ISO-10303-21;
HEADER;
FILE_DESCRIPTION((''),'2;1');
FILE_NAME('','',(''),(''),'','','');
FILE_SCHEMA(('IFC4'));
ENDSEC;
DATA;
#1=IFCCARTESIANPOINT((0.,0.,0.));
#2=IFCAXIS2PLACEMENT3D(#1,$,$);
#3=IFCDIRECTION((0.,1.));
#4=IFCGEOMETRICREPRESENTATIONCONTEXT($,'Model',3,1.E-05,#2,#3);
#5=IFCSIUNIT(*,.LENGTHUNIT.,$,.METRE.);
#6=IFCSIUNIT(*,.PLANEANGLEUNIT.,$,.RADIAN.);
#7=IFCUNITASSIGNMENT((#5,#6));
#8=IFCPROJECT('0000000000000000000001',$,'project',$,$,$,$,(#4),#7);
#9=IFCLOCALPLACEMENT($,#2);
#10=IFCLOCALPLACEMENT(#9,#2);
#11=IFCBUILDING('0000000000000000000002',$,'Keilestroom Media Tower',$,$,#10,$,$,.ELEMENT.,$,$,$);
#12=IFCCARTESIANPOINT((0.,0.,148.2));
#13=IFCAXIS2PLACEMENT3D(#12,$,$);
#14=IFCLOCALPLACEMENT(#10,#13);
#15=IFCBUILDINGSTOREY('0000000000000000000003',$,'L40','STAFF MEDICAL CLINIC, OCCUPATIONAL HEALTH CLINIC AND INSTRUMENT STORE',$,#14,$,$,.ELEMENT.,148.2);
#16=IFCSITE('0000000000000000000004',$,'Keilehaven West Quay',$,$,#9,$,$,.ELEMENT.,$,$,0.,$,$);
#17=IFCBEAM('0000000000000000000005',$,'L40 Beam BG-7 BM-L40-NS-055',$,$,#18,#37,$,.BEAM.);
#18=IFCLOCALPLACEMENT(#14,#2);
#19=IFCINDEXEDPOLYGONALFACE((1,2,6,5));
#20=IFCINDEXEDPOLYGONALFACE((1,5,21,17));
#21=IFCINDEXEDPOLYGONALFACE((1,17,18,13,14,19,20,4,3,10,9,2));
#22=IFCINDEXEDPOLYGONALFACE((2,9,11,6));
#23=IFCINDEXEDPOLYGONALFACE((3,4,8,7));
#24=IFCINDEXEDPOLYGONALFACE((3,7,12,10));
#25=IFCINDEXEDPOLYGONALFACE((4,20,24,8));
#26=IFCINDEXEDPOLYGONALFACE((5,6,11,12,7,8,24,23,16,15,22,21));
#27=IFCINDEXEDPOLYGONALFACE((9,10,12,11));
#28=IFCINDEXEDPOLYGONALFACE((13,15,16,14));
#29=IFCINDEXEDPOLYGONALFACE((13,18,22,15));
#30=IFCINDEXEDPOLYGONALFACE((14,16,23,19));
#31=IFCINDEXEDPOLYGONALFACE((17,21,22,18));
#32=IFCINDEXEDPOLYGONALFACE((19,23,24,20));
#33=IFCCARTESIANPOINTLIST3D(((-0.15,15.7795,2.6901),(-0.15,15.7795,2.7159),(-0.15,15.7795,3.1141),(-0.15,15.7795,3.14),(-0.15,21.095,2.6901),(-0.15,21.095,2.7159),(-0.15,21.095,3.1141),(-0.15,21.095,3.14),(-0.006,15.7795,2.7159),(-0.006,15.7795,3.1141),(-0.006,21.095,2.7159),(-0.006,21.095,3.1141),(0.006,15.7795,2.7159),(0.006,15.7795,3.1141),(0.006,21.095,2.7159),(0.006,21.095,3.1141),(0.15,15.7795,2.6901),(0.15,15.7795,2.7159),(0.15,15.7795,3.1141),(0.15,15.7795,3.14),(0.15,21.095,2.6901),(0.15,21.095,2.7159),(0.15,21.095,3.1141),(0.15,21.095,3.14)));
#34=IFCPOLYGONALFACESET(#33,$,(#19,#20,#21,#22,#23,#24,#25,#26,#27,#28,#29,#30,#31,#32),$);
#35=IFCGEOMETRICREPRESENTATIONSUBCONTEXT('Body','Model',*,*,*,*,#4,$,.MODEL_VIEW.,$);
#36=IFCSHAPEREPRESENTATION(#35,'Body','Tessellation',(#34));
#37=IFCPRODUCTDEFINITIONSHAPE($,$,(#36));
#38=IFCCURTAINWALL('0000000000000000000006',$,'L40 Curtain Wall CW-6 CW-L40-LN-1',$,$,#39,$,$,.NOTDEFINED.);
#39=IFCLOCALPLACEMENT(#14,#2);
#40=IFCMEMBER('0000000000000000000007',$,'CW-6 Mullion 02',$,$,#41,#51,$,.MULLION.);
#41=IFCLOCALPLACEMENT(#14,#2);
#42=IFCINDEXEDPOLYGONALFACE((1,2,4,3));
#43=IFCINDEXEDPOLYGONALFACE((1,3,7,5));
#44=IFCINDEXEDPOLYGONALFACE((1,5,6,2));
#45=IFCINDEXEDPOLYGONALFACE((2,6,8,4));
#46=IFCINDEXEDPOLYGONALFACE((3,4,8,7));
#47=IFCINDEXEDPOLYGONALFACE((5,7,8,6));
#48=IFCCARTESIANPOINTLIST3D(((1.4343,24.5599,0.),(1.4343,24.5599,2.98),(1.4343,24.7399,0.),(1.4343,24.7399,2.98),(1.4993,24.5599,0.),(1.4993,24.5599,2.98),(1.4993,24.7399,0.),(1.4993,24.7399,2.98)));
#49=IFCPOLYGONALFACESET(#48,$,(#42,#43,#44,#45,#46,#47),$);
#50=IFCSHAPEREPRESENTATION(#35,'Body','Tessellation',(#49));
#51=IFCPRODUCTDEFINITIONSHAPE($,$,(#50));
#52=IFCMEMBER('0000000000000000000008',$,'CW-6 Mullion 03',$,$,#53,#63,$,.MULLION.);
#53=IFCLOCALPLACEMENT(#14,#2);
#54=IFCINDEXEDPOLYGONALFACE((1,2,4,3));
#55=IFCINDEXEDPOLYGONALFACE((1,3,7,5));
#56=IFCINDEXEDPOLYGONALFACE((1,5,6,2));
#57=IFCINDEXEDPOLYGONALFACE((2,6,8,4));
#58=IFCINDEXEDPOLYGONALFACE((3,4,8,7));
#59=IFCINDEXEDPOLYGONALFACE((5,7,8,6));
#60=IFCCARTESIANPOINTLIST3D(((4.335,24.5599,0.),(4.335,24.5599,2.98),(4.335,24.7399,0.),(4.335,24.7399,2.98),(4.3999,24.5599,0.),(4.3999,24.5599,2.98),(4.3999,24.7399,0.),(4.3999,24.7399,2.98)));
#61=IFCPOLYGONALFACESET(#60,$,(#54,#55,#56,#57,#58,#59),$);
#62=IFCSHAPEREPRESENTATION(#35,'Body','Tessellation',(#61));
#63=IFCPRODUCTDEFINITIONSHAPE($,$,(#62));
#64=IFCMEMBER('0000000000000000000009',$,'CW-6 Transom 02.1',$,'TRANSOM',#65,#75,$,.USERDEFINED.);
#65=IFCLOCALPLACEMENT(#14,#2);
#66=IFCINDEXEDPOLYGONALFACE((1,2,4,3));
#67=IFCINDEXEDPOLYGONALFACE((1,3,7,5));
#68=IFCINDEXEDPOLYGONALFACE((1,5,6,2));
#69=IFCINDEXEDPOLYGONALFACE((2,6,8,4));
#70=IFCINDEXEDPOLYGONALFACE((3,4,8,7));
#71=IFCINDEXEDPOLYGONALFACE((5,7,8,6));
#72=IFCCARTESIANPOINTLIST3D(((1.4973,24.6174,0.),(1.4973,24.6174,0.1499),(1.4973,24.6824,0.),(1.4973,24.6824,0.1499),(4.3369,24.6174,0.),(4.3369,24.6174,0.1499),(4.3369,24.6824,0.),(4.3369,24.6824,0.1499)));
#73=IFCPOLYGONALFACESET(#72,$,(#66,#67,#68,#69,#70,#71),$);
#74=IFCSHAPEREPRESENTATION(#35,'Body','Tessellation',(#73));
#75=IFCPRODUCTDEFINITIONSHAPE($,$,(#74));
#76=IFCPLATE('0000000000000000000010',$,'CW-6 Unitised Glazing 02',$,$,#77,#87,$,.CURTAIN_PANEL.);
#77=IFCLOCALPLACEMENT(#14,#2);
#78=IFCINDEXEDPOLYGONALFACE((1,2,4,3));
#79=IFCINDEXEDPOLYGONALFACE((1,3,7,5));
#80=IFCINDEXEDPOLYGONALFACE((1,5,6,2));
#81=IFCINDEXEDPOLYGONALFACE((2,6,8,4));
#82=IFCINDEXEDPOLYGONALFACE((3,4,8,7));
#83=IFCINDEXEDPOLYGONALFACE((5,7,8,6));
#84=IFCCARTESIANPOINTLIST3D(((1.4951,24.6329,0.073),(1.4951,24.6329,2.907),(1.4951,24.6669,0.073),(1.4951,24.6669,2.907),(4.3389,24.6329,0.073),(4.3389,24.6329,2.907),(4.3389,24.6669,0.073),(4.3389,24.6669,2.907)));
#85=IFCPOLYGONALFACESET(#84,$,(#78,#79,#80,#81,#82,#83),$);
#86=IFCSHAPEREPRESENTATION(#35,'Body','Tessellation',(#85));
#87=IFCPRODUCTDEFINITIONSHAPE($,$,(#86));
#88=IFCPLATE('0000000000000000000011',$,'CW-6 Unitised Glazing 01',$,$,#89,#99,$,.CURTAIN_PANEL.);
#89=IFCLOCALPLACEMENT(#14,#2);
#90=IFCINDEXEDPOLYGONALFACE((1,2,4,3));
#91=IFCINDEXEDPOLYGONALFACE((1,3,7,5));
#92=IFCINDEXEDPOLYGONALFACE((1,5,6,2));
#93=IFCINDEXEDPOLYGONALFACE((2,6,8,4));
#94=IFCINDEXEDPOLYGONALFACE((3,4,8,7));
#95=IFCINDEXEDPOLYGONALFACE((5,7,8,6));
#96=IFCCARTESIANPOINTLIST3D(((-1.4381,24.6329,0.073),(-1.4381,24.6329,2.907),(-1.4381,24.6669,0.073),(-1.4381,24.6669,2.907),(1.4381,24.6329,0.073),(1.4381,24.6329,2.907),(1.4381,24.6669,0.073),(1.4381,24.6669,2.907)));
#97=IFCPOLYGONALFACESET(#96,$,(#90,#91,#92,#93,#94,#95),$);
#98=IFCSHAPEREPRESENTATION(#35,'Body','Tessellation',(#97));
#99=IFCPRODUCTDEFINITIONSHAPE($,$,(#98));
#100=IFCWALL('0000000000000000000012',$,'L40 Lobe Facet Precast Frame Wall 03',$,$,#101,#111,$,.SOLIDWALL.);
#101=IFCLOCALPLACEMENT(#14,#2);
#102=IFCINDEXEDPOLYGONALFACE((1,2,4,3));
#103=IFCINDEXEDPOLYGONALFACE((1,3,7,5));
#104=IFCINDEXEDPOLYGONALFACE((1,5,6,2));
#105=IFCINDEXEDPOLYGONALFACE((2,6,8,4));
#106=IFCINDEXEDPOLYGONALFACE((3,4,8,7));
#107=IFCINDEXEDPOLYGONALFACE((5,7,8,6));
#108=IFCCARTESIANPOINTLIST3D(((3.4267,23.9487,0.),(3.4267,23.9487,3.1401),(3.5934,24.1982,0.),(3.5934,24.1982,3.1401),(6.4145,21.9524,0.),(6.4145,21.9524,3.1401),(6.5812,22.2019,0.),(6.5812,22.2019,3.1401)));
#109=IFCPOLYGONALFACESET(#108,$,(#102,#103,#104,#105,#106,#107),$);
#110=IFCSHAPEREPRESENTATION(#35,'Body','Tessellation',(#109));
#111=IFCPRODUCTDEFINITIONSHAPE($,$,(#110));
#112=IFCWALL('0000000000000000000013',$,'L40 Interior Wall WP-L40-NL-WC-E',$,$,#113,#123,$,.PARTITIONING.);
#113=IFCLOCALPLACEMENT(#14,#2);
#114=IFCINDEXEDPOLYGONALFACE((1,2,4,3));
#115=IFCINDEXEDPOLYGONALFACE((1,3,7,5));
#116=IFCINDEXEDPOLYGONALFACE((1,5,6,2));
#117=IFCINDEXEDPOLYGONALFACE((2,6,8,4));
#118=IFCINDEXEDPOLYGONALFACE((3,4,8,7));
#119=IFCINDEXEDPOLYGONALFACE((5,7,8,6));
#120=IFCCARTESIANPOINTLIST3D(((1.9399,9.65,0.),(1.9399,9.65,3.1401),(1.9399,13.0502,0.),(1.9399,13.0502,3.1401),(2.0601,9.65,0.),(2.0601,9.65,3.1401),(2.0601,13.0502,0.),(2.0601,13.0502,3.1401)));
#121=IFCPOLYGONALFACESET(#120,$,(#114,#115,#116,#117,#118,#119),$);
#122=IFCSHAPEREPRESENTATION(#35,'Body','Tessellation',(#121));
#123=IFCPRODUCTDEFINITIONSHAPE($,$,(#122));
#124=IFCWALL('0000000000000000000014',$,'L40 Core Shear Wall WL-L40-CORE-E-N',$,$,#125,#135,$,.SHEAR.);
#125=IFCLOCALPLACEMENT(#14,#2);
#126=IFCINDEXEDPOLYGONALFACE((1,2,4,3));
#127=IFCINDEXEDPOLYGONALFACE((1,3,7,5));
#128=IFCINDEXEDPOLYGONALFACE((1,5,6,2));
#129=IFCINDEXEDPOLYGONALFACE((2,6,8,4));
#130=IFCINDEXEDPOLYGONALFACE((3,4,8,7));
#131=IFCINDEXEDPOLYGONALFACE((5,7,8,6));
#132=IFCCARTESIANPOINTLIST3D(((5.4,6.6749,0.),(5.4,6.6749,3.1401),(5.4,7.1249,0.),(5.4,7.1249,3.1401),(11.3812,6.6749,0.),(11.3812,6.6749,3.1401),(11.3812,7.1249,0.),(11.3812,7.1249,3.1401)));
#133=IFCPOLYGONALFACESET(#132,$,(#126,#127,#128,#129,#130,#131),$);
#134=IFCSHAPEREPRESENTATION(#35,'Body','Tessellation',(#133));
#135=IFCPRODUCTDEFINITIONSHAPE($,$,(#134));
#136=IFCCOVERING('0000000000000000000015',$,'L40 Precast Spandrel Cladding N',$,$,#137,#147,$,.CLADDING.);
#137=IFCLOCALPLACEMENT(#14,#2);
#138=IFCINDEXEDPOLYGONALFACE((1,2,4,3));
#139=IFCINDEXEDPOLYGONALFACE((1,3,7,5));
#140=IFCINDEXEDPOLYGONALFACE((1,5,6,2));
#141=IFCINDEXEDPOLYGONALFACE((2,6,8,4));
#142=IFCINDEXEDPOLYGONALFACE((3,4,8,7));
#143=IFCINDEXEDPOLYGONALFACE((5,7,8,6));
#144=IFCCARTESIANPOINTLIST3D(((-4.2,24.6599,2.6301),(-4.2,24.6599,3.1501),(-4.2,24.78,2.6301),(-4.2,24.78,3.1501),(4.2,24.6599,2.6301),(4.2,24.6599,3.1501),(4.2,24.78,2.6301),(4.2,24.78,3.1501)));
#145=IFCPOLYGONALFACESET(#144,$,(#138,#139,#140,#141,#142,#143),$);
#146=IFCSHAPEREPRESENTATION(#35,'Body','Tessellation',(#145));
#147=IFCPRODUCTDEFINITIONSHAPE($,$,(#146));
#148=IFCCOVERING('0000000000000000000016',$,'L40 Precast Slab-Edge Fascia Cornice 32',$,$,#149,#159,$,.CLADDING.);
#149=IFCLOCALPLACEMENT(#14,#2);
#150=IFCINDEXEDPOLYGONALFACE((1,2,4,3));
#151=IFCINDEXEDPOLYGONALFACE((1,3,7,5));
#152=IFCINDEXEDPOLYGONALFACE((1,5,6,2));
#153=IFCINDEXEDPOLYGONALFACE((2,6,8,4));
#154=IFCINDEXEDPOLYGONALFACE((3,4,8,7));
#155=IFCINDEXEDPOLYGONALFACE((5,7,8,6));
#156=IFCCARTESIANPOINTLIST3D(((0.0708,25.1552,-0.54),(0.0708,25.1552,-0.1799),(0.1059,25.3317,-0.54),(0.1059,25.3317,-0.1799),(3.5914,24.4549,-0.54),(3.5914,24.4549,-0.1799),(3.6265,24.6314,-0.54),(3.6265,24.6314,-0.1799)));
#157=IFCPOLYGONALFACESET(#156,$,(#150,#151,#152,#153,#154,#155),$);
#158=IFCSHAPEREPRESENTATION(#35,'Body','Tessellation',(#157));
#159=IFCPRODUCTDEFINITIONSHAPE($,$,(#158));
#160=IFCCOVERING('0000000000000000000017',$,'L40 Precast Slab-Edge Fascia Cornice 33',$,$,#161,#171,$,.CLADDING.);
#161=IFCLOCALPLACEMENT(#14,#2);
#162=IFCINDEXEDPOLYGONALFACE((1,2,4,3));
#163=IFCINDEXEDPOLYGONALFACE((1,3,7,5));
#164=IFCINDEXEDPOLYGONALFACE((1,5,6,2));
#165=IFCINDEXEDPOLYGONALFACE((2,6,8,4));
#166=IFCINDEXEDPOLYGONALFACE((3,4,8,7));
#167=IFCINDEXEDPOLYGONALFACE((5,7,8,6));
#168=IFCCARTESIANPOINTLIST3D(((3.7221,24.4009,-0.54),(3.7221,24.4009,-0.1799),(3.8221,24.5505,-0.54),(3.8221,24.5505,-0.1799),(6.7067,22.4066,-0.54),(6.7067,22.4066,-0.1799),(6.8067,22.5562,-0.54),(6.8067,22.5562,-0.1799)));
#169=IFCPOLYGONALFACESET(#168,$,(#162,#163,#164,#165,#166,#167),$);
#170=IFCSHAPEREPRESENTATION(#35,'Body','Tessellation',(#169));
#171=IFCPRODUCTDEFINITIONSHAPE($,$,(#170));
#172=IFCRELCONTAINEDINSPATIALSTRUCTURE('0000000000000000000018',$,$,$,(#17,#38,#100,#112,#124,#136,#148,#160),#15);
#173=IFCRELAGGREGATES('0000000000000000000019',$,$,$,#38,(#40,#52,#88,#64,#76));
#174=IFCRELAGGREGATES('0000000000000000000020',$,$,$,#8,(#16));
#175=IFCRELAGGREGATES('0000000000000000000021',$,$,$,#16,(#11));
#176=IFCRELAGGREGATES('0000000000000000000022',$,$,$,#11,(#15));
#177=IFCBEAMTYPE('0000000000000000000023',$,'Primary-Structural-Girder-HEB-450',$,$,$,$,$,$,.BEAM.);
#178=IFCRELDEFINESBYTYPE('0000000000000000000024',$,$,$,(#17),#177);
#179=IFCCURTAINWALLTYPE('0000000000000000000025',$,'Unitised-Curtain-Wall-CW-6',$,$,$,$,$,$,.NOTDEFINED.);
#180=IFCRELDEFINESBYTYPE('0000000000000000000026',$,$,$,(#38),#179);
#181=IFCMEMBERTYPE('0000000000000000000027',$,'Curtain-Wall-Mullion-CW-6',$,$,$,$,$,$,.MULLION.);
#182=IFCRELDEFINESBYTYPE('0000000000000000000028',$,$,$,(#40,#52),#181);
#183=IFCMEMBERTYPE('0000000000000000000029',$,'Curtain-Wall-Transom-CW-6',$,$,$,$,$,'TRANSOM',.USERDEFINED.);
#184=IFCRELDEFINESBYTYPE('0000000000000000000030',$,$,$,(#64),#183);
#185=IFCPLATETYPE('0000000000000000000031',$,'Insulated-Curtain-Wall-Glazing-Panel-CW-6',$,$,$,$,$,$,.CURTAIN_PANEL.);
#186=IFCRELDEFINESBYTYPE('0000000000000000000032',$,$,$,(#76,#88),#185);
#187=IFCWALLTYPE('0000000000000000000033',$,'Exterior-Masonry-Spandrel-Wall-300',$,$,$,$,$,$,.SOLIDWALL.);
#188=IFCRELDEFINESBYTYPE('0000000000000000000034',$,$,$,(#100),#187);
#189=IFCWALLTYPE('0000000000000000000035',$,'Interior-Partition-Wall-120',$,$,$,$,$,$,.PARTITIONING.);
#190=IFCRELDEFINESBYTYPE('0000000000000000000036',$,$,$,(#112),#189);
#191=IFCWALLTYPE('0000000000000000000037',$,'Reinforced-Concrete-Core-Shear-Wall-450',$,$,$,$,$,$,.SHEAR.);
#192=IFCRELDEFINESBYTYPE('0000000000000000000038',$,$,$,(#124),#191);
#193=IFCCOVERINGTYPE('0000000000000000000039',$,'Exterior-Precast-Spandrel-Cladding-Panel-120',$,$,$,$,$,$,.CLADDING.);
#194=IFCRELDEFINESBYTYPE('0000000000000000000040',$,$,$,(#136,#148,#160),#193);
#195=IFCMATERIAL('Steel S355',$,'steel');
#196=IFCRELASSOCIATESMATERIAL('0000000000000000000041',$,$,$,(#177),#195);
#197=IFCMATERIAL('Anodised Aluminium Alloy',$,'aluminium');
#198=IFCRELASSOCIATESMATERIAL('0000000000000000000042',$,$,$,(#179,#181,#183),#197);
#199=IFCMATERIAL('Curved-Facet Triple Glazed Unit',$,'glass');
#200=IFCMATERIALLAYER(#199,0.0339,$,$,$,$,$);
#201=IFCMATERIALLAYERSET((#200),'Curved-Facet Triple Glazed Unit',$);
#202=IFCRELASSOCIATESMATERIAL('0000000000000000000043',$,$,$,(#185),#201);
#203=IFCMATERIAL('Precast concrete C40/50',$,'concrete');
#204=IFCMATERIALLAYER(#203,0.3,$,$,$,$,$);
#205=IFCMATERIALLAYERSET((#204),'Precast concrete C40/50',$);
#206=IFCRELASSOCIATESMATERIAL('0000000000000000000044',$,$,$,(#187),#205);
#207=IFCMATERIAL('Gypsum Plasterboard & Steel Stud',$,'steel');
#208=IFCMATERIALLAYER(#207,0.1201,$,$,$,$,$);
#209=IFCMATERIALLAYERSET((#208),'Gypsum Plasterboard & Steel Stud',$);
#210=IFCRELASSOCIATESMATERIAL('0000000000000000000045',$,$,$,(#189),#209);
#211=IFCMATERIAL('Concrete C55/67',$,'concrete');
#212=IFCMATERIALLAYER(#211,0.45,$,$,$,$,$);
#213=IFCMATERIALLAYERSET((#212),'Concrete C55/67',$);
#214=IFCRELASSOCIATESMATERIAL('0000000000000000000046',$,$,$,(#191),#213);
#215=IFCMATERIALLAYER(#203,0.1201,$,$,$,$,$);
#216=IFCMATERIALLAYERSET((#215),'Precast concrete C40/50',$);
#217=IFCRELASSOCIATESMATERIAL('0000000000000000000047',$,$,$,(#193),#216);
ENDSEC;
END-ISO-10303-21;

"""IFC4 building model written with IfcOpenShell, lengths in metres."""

from ifc_helpers import new_model, si_unit, direction, frame, frame_2d, origin, origin_2d, place, context, subcontext, project, spatial, rectangle, i_section, extrude, source, transform, mapped, material, layer, layer_set, material_profile, profile_set, type_object, element, aggregate, save


model = new_model("IFC4")

# Units and contexts
model_context = context("Model", 3, precision=1e-05, world=origin(), true_north=direction((0.0, 1.0)))
body_context = subcontext(model_context, "Body", "Model", "MODEL_VIEW")
ifc_project = project(units=[si_unit("LENGTHUNIT", "METRE"), si_unit("PLANEANGLEUNIT", "RADIAN")], contexts=[model_context])

# Site, building, storey
site_placement = place(None, origin())
site = spatial("IfcSite", under=ifc_project, at=site_placement, Name="Keilehaven West Quay", CompositionType="ELEMENT", RefElevation=0.0)
building_placement = place(site_placement, origin())
building = spatial("IfcBuilding", under=site, at=building_placement, Name="Keilestroom Media Tower", CompositionType="ELEMENT")
storey_placement = place(building_placement, frame((0.0, 0.0, 148.2)))
storey = spatial("IfcBuildingStorey", under=building, at=storey_placement, Name="L40", Description="STAFF MEDICAL CLINIC, OCCUPATIONAL HEALTH CLINIC AND INSTRUMENT STORE", CompositionType="ELEMENT", Elevation=148.2)

# Shared definitions
ifc_material_1 = material(Name="Steel S355", Category="steel")
ifc_material_2 = material(Name="Concrete C55/67", Category="concrete")

# Beam
ifc_material_profile_1 = material_profile(ifc_material_1, i_section(OverallWidth=0.3, OverallDepth=0.45, WebThickness=0.012, FlangeThickness=0.0259, at=origin_2d()), Name="HEB 450")
ifc_profile_set_1 = profile_set([ifc_material_profile_1], Name="Steel S355")
beam_type_1 = type_object("IfcBeamType", Name="Primary-Structural-Girder-HEB-450", PredefinedType="BEAM", material=ifc_profile_set_1)
shared_shape_1 = source(origin(), body_context, "Body", "SweptSolid", [
    extrude(i_section(OverallWidth=0.3, OverallDepth=0.45, WebThickness=0.012, FlangeThickness=0.0259, at=origin_2d()), origin(), (0.0, 0.0, 1.0), 5.3154),
])
beam_1_placement = place(storey_placement, frame((0.0, 15.7795, 2.915), z_axis=(0.0, 1.0, 0.0), x_axis=(-1.0, 0.0, 0.0)))
element("IfcBeam", 1, at=beam_1_placement, inside=storey, type_object=beam_type_1, Name="L40 Beam BG-7 BM-L40-NS-055", PredefinedType="BEAM", context=body_context, shape_type="MappedRepresentation", body=[
    mapped(shared_shape_1, transform((0.0, 0.0, 0.0), x_axis=(1.0, 0.0, 0.0), y_axis=(0.0, 1.0, 0.0), z_axis=(0.0, 0.0, 1.0), scale=1.0)),
])

# Curtain wall, members, plates
ifc_material_3 = material(Name="Anodised Aluminium Alloy", Category="aluminium")
curtain_wall_type = type_object("IfcCurtainWallType", Name="Unitised-Curtain-Wall-CW-6", PredefinedType="NOTDEFINED", material=ifc_material_3)
curtain_wall_placement = place(storey_placement, origin())
curtain_wall = element("IfcCurtainWall", 2, at=curtain_wall_placement, inside=storey, type_object=curtain_wall_type, Name="L40 Curtain Wall CW-6 CW-L40-LN-1", PredefinedType="NOTDEFINED")
ifc_material_profile_2 = material_profile(ifc_material_3, rectangle(XDim=0.0649, YDim=0.1799, at=origin_2d()), Name="ALU MULLION 65x180")
ifc_profile_set_2 = profile_set([ifc_material_profile_2], Name="Anodised Aluminium Alloy")
member_type_1 = type_object("IfcMemberType", Name="Curtain-Wall-Mullion-CW-6", PredefinedType="MULLION", material=ifc_profile_set_2)
shared_shape_2 = source(origin(), body_context, "Body", "SweptSolid", [
    extrude(rectangle(XDim=0.0649, YDim=0.1799, at=origin_2d()), origin(), (0.0, 0.0, 1.0), 2.98),
])
member_1_placement = place(storey_placement, frame((1.4668, 24.6499, 0.0), z_axis=(0.0, 0.0, 1.0), x_axis=(1.0, 0.0, 0.0)))
member_1 = element("IfcMember", 3, at=member_1_placement, type_object=member_type_1, Name="CW-6 Mullion 02", PredefinedType="MULLION", context=body_context, shape_type="MappedRepresentation", body=[
    mapped(shared_shape_2, transform((0.0, 0.0, 0.0), x_axis=(1.0, 0.0, 0.0), y_axis=(0.0, 1.0, 0.0), z_axis=(0.0, 0.0, 1.0), scale=1.0)),
])
member_2_placement = place(storey_placement, frame((4.3674, 24.6499, 0.0), z_axis=(0.0, 0.0, 1.0), x_axis=(1.0, 0.0, 0.0)))
member_2 = element("IfcMember", 4, at=member_2_placement, type_object=member_type_1, Name="CW-6 Mullion 03", PredefinedType="MULLION", context=body_context, shape_type="MappedRepresentation", body=[
    mapped(shared_shape_2, transform((0.0, 0.0, 0.0), x_axis=(1.0, 0.0, 0.0), y_axis=(0.0, 1.0, 0.0), z_axis=(0.0, 0.0, 1.0), scale=1.0)),
])
ifc_material_profile_3 = material_profile(ifc_material_3, rectangle(XDim=0.0649, YDim=0.1499, at=origin_2d()), Name="ALU TRANSOM 65x150")
ifc_profile_set_3 = profile_set([ifc_material_profile_3], Name="Anodised Aluminium Alloy")
member_type_2 = type_object("IfcMemberType", Name="Curtain-Wall-Transom-CW-6", ElementType="TRANSOM", PredefinedType="USERDEFINED", material=ifc_profile_set_3)
shared_shape_3 = source(origin(), body_context, "Body", "SweptSolid", [
    extrude(rectangle(XDim=0.0649, YDim=0.1499, at=origin_2d()), origin(), (0.0, 0.0, 1.0), 2.8396),
])
member_3_placement = place(storey_placement, frame((1.4973, 24.6499, 0.075), z_axis=(1.0, 0.0, 0.0), x_axis=(0.0, 1.0, 0.0)))
member_3 = element("IfcMember", 5, at=member_3_placement, type_object=member_type_2, Name="CW-6 Transom 02.1", ObjectType="TRANSOM", PredefinedType="USERDEFINED", context=body_context, shape_type="MappedRepresentation", body=[
    mapped(shared_shape_3, transform((0.0, 0.0, 0.0), x_axis=(1.0, 0.0, 0.0), y_axis=(0.0, 1.0, 0.0), z_axis=(0.0, 0.0, 1.0), scale=1.0)),
])
ifc_material_4 = material(Name="Curved-Facet Triple Glazed Unit", Category="glass")
ifc_layer_1 = layer(ifc_material_4, 0.0339)
ifc_layer_set_1 = layer_set([ifc_layer_1], Name="Curved-Facet Triple Glazed Unit")
plate_type = type_object("IfcPlateType", Name="Insulated-Curtain-Wall-Glazing-Panel-CW-6", PredefinedType="CURTAIN_PANEL", material=ifc_layer_set_1)
shared_shape_4 = source(origin(), body_context, "Body", "SweptSolid", [
    extrude(rectangle(XDim=2.8438, YDim=0.0339, at=origin_2d()), origin(), (0.0, 0.0, 1.0), 2.834),
])
plate_1_placement = place(storey_placement, frame((2.917, 24.6499, 0.073), z_axis=(0.0, 0.0, 1.0), x_axis=(1.0, 0.0, 0.0)))
plate_1 = element("IfcPlate", 6, at=plate_1_placement, type_object=plate_type, Name="CW-6 Unitised Glazing 02", PredefinedType="CURTAIN_PANEL", context=body_context, shape_type="MappedRepresentation", body=[
    mapped(shared_shape_4, transform((0.0, 0.0, 0.0), x_axis=(1.0, 0.0, 0.0), y_axis=(0.0, 1.0, 0.0), z_axis=(0.0, 0.0, 1.0), scale=1.0)),
])
shared_shape_5 = source(origin(), body_context, "Body", "SweptSolid", [
    extrude(rectangle(XDim=2.8762, YDim=0.0339, at=origin_2d()), origin(), (0.0, 0.0, 1.0), 2.834),
])
plate_2_placement = place(storey_placement, frame((0.0, 24.6499, 0.073), z_axis=(0.0, 0.0, 1.0), x_axis=(1.0, 0.0, 0.0)))
plate_2 = element("IfcPlate", 7, at=plate_2_placement, type_object=plate_type, Name="CW-6 Unitised Glazing 01", PredefinedType="CURTAIN_PANEL", context=body_context, shape_type="MappedRepresentation", body=[
    mapped(shared_shape_5, transform((0.0, 0.0, 0.0), x_axis=(1.0, 0.0, 0.0), y_axis=(0.0, 1.0, 0.0), z_axis=(0.0, 0.0, 1.0), scale=1.0)),
])
aggregate(curtain_wall, [member_1, member_2, plate_2, member_3, plate_1])

# Walls
ifc_material_5 = material(Name="Precast concrete C40/50", Category="concrete")
ifc_layer_2 = layer(ifc_material_5, 0.3)
ifc_layer_set_2 = layer_set([ifc_layer_2], Name="Precast concrete C40/50")
wall_type_1 = type_object("IfcWallType", Name="Exterior-Masonry-Spandrel-Wall-300", PredefinedType="SOLIDWALL", material=ifc_layer_set_2)
wall_1_placement = place(storey_placement, frame((6.4978, 22.0771, 0.0), z_axis=(0.0, 0.0, 1.0), x_axis=(-0.831475, 0.555562, 0.0)))
element("IfcWall", 8, at=wall_1_placement, inside=storey, type_object=wall_type_1, Name="L40 Lobe Facet Precast Frame Wall 03", PredefinedType="SOLIDWALL", context=body_context, shape_type="SweptSolid", body=[
    extrude(rectangle(XDim=3.5933, YDim=0.3, at=frame_2d((1.7966, 0.0))), origin(), (0.0, 0.0, 1.0), 3.1401),
])
ifc_material_6 = material(Name="Gypsum Plasterboard & Steel Stud", Category="steel")
ifc_layer_3 = layer(ifc_material_6, 0.1201)
ifc_layer_set_3 = layer_set([ifc_layer_3], Name="Gypsum Plasterboard & Steel Stud")
wall_type_2 = type_object("IfcWallType", Name="Interior-Partition-Wall-120", PredefinedType="PARTITIONING", material=ifc_layer_set_3)
wall_2_placement = place(storey_placement, frame((2.0, 9.6499, 0.0), z_axis=(0.0, 0.0, 1.0), x_axis=(0.0, 1.0, 0.0)))
element("IfcWall", 9, at=wall_2_placement, inside=storey, type_object=wall_type_2, Name="L40 Interior Wall WP-L40-NL-WC-E", PredefinedType="PARTITIONING", context=body_context, shape_type="SweptSolid", body=[
    extrude(rectangle(XDim=3.4001, YDim=0.1201, at=frame_2d((1.7002, 0.0))), origin(), (0.0, 0.0, 1.0), 3.1401),
])
ifc_layer_4 = layer(ifc_material_2, 0.45)
ifc_layer_set_4 = layer_set([ifc_layer_4], Name="Concrete C55/67")
wall_type_3 = type_object("IfcWallType", Name="Reinforced-Concrete-Core-Shear-Wall-450", PredefinedType="SHEAR", material=ifc_layer_set_4)
wall_3_placement = place(storey_placement, frame((5.3999, 6.8999, 0.0), z_axis=(0.0, 0.0, 1.0), x_axis=(1.0, 0.0, 0.0)))
element("IfcWall", 10, at=wall_3_placement, inside=storey, type_object=wall_type_3, Name="L40 Core Shear Wall WL-L40-CORE-E-N", PredefinedType="SHEAR", context=body_context, shape_type="SweptSolid", body=[
    extrude(rectangle(XDim=5.9812, YDim=0.45, at=frame_2d((2.9907, 0.0))), origin(), (0.0, 0.0, 1.0), 3.1401),
])

# Coverings
ifc_layer_5 = layer(ifc_material_5, 0.1201)
ifc_layer_set_5 = layer_set([ifc_layer_5], Name="Precast concrete C40/50")
covering_type = type_object("IfcCoveringType", Name="Exterior-Precast-Spandrel-Cladding-Panel-120", PredefinedType="CLADDING", material=ifc_layer_set_5)
shared_shape_6 = source(origin(), body_context, "Body", "SweptSolid", [
    extrude(rectangle(XDim=8.3999, YDim=0.1201, at=origin_2d()), origin(), (0.0, 0.0, 1.0), 0.52),
])
covering_placement = place(storey_placement, frame((0.0, 24.72, 2.6301), z_axis=(0.0, 0.0, 1.0), x_axis=(1.0, 0.0, 0.0)))
element("IfcCovering", 11, at=covering_placement, inside=storey, type_object=covering_type, Name="L40 Precast Spandrel Cladding N", PredefinedType="CLADDING", context=body_context, shape_type="MappedRepresentation", body=[
    mapped(shared_shape_6, transform((0.0, 0.0, 0.0), x_axis=(1.0, 0.0, 0.0), y_axis=(0.0, 1.0, 0.0), z_axis=(0.0, 0.0, 1.0), scale=1.0)),
])
shared_shape_7 = source(origin(), body_context, "Body", "SweptSolid", [
    extrude(rectangle(XDim=3.5896, YDim=0.1799, at=origin_2d()), origin(), (0.0, 0.0, 1.0), 0.3601),
])
for number, where, z_axis, x_axis, name in (
    (12, (1.8486, 24.8933, -0.54), (0.0, 0.0, 1.0), (0.980784, -0.195099, 0.0), "L40 Precast Slab-Edge Fascia Cornice 32"),
    (13, (5.2644, 23.4785, -0.54), (0.0, 0.0, 1.0), (0.831467, -0.555575, 0.0), "L40 Precast Slab-Edge Fascia Cornice 33"),
):
    element("IfcCovering", number, at=place(storey_placement, frame(where, z_axis=z_axis, x_axis=x_axis)), inside=storey, type_object=covering_type, Name=name, PredefinedType="CLADDING", context=body_context, shape_type="MappedRepresentation", body=[
        mapped(shared_shape_7, transform((0.0, 0.0, 0.0), x_axis=(1.0, 0.0, 0.0), y_axis=(0.0, 1.0, 0.0), z_axis=(0.0, 0.0, 1.0), scale=1.0)),
    ])

save(model, "model.ifc")
